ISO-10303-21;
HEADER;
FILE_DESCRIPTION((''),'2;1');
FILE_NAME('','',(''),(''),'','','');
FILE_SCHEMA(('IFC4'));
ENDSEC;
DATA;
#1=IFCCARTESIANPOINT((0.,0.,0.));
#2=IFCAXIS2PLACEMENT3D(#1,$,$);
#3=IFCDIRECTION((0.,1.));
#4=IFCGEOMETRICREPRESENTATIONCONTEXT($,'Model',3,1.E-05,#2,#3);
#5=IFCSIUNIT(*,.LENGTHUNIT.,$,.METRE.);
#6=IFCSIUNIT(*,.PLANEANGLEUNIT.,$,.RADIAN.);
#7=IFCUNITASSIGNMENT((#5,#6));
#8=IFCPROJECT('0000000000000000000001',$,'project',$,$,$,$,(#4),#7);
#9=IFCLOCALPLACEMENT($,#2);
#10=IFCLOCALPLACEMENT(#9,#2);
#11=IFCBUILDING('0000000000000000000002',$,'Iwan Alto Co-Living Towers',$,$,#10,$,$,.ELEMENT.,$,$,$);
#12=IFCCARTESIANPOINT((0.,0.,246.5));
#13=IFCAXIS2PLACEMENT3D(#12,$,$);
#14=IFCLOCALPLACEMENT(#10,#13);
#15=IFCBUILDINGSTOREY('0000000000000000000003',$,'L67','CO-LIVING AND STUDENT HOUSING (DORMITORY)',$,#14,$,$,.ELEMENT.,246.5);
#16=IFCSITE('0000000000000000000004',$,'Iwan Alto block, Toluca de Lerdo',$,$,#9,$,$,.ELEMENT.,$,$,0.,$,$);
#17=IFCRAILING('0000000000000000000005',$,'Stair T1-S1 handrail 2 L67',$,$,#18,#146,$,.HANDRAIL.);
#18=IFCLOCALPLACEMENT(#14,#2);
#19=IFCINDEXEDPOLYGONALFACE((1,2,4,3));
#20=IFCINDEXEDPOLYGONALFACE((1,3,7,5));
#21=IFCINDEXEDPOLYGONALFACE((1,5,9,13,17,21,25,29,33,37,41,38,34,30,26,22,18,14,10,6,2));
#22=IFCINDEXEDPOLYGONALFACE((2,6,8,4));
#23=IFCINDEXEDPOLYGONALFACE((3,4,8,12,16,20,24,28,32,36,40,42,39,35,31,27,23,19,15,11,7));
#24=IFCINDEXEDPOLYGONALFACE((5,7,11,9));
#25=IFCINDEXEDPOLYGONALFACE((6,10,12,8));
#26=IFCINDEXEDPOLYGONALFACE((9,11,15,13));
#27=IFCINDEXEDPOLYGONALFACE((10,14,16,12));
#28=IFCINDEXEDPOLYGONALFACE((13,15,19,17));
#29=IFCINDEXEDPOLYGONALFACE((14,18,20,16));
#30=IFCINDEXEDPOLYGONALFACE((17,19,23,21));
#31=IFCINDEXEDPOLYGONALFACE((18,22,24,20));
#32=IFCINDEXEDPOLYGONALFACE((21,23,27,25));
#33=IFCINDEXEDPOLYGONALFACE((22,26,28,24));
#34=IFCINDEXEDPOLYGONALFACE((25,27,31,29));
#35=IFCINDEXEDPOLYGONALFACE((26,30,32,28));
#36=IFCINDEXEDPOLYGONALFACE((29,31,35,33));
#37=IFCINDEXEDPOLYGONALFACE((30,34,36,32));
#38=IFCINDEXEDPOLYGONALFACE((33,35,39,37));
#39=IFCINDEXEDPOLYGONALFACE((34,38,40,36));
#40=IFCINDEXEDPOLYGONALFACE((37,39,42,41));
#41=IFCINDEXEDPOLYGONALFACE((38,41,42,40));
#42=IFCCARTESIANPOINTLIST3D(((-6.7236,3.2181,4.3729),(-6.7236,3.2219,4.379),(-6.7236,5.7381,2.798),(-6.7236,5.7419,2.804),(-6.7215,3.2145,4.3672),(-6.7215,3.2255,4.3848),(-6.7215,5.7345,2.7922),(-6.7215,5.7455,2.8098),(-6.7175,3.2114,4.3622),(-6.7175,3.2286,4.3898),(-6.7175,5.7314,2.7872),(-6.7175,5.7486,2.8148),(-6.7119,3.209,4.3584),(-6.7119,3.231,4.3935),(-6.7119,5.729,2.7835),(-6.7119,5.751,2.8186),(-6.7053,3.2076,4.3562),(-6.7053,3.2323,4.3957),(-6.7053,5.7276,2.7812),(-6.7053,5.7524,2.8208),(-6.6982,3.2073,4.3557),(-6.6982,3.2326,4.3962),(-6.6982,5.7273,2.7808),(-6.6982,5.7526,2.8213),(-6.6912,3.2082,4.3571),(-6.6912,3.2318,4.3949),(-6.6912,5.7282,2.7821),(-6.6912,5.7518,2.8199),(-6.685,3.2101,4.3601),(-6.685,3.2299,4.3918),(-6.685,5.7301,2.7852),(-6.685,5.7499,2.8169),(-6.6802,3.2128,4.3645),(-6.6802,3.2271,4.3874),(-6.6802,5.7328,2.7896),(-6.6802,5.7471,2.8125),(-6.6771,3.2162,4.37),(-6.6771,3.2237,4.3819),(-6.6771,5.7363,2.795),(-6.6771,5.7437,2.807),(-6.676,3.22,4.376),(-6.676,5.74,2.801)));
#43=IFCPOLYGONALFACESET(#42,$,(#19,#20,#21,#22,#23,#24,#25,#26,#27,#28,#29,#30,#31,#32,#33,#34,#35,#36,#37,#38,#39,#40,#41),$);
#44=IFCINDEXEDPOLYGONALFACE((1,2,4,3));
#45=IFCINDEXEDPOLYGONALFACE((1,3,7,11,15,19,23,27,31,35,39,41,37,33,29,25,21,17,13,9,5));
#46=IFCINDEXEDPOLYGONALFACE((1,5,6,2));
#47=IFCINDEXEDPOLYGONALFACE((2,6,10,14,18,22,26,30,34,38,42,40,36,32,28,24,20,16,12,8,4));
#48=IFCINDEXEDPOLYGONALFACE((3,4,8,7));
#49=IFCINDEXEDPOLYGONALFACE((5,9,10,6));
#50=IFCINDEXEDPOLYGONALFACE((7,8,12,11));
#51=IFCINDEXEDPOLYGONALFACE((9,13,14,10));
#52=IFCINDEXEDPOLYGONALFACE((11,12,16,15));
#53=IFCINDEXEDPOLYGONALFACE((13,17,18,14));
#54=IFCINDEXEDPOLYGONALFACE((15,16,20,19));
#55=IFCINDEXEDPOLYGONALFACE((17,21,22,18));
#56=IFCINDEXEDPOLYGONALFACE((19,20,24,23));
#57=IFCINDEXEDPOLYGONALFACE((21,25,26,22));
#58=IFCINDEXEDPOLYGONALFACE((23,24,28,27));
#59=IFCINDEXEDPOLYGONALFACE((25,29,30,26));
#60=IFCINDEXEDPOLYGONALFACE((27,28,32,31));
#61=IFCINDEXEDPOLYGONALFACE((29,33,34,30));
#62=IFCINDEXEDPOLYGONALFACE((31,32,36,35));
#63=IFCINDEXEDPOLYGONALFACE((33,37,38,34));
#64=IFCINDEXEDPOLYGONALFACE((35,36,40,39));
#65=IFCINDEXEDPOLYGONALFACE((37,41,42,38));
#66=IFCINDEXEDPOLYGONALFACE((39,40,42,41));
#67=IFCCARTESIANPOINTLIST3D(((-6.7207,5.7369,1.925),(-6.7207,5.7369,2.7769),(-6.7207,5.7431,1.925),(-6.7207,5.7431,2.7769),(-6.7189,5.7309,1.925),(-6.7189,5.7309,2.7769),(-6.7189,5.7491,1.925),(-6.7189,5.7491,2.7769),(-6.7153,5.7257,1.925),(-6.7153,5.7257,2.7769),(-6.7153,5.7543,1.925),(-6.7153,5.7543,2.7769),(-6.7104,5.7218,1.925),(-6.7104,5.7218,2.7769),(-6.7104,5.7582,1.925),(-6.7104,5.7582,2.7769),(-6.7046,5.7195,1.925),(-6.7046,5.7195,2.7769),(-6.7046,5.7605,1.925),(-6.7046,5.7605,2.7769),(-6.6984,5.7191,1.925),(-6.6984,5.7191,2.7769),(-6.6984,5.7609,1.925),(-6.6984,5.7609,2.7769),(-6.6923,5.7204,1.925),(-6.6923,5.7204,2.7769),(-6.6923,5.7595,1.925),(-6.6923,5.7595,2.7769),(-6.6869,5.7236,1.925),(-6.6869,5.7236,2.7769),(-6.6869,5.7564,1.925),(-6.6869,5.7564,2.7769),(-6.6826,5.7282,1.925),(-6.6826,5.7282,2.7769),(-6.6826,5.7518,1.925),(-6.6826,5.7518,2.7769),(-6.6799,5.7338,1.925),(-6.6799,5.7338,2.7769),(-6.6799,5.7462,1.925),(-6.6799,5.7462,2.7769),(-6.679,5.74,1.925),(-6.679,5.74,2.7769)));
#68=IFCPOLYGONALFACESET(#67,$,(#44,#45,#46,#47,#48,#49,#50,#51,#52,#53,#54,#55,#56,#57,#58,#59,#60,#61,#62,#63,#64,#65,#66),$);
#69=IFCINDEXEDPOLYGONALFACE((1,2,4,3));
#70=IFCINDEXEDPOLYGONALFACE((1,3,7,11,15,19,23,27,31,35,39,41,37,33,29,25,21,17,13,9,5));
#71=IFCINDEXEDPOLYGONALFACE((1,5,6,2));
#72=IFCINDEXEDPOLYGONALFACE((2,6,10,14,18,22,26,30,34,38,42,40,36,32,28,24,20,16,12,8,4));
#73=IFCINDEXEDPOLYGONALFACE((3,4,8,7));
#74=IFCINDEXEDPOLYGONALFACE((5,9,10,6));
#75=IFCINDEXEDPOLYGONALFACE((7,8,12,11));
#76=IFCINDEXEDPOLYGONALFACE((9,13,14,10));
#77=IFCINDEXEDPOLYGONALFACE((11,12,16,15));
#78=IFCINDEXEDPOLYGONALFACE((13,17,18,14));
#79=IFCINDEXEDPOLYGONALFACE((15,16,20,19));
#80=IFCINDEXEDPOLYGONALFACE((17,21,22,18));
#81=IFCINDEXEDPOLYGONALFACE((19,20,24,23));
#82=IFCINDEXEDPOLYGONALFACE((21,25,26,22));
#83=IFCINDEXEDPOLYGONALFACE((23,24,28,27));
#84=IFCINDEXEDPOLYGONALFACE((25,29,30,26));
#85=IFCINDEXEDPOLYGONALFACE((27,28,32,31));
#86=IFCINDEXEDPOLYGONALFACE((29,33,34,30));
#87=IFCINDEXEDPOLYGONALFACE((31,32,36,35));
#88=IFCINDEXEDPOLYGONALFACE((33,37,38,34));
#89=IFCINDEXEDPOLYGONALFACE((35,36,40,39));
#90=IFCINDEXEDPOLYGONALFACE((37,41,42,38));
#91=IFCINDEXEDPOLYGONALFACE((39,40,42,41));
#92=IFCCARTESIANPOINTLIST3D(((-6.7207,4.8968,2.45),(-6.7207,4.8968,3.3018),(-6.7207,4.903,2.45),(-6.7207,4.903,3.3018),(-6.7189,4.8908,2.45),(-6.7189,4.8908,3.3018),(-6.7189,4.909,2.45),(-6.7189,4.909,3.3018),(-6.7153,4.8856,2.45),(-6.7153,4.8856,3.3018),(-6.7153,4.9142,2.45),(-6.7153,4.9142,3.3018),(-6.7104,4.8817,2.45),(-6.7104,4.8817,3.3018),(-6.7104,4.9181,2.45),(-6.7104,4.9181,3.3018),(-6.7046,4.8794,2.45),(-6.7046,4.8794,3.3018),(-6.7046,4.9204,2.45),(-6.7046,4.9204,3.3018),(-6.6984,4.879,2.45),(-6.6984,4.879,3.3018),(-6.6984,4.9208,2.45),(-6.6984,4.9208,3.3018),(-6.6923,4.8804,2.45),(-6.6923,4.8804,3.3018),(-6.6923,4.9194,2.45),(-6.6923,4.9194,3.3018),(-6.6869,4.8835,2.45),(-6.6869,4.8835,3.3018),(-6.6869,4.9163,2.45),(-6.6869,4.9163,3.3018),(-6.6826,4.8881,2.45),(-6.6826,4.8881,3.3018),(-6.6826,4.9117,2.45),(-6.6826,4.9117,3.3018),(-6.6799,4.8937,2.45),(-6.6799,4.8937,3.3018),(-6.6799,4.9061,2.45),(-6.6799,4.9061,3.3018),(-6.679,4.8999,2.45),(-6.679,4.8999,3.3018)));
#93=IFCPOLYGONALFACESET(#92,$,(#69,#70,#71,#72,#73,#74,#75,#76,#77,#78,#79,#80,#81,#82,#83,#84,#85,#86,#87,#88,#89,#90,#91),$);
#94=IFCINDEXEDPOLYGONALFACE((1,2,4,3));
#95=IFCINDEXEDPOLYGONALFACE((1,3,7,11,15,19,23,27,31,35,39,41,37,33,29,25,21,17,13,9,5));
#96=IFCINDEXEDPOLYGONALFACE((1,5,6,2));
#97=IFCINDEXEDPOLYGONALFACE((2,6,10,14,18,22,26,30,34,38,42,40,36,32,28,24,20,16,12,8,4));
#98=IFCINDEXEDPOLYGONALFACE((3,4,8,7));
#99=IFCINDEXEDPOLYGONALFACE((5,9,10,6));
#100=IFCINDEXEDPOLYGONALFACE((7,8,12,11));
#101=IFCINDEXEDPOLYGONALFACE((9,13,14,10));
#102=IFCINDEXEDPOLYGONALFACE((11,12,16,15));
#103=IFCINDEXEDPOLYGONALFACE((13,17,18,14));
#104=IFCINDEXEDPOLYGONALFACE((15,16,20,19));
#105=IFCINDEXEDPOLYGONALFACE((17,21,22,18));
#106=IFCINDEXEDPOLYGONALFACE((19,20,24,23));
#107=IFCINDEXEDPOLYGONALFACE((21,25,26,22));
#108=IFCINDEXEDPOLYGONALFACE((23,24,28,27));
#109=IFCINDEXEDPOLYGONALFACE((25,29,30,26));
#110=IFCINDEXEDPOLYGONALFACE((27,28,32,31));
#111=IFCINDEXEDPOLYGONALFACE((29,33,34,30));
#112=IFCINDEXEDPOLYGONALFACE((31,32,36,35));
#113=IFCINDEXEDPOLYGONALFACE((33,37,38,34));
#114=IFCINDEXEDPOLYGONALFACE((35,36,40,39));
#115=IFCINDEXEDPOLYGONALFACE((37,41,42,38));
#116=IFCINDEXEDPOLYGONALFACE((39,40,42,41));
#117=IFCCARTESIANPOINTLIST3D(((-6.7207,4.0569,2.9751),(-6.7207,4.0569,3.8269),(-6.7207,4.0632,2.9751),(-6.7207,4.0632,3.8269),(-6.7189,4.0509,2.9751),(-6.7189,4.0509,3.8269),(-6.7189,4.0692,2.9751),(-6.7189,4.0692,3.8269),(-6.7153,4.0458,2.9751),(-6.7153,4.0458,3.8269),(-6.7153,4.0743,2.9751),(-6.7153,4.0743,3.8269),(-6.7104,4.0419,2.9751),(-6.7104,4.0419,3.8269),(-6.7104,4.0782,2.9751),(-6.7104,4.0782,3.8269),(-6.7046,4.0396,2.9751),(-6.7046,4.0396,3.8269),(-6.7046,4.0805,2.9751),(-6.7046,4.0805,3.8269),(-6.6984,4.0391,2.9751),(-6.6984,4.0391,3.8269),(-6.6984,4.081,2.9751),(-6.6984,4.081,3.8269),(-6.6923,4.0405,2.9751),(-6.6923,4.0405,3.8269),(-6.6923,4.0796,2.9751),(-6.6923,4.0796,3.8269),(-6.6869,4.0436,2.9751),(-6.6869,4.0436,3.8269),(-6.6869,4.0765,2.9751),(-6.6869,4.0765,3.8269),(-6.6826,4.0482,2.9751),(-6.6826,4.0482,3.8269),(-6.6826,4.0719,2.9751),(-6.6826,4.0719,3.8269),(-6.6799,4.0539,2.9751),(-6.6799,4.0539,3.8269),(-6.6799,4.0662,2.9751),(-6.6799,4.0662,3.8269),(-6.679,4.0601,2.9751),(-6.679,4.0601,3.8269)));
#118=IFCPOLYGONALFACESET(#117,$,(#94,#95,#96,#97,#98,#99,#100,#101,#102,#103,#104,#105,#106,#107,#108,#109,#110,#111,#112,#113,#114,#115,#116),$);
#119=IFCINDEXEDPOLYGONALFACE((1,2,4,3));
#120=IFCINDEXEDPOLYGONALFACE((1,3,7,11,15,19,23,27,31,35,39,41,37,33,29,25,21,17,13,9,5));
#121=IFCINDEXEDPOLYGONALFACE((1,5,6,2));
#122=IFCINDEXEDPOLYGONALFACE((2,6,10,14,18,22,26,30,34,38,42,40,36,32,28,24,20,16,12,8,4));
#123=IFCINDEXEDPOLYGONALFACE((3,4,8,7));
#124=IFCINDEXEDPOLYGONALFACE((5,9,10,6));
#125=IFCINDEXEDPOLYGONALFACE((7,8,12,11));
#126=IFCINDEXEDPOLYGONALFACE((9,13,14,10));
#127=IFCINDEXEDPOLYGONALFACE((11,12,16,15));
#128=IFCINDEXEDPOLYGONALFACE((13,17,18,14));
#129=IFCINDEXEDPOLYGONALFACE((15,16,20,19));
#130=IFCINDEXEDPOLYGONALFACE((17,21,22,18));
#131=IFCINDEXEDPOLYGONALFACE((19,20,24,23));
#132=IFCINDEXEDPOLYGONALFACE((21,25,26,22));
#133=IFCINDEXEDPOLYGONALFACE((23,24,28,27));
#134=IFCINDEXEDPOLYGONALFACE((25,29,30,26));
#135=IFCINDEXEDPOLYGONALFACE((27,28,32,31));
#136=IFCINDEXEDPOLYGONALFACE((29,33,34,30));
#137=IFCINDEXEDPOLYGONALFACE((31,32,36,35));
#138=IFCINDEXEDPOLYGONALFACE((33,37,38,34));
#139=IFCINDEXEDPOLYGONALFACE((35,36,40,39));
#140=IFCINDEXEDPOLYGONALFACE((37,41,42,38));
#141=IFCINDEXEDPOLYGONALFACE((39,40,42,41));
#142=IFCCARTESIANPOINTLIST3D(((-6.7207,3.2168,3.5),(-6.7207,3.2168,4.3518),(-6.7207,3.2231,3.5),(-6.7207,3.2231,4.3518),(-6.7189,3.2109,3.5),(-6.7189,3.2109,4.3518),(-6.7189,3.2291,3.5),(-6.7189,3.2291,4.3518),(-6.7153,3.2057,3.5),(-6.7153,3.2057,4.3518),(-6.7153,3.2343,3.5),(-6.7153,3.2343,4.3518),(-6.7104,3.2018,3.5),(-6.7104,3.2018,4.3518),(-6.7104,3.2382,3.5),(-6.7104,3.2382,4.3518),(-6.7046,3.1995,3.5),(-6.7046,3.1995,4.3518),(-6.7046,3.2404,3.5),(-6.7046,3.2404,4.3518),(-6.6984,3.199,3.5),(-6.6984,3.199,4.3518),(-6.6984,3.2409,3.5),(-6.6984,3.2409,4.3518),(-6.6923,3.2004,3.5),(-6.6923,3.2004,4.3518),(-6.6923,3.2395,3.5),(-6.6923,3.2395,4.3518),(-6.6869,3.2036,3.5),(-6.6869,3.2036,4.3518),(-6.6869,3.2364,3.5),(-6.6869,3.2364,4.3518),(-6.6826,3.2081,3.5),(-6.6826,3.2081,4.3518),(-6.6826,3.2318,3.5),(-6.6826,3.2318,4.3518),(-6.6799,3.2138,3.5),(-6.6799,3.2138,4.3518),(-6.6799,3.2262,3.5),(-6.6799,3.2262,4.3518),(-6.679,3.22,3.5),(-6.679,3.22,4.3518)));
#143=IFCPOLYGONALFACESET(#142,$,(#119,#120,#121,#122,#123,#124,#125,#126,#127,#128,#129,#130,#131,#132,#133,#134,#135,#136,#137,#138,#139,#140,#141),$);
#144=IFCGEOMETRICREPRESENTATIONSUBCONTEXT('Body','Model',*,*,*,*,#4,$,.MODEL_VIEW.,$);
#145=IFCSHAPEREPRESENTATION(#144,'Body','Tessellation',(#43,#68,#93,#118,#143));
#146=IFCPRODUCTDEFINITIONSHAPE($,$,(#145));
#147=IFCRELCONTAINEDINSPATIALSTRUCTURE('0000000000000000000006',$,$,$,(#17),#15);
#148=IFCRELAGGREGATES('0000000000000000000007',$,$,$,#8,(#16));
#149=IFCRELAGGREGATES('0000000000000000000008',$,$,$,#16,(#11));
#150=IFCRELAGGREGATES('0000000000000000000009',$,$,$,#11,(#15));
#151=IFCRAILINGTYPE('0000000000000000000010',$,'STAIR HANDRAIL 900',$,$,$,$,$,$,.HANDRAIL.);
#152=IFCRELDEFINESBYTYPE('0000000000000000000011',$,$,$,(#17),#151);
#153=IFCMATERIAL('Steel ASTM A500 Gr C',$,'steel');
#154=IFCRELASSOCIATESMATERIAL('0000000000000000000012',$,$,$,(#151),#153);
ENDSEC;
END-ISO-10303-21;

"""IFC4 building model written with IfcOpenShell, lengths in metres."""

from ifc_helpers import new_model, si_unit, direction, frame, origin, origin_2d, place, context, subcontext, project, spatial, circle, extrude, material, type_object, element, save


model = new_model("IFC4")

# Units and contexts
model_context = context("Model", 3, precision=1e-05, world=origin(), true_north=direction((0.0, 1.0)))
body_context = subcontext(model_context, "Body", "Model", "MODEL_VIEW")
ifc_project = project(units=[si_unit("LENGTHUNIT", "METRE"), si_unit("PLANEANGLEUNIT", "RADIAN")], contexts=[model_context])

# Site, building, storey
site_placement = place(None, origin())
site = spatial("IfcSite", under=ifc_project, at=site_placement, Name="Iwan Alto block, Toluca de Lerdo", CompositionType="ELEMENT", RefElevation=0.0)
building_placement = place(site_placement, origin())
building = spatial("IfcBuilding", under=site, at=building_placement, Name="Iwan Alto Co-Living Towers", CompositionType="ELEMENT")
storey_placement = place(building_placement, frame((0.0, 0.0, 246.5)))
storey = spatial("IfcBuildingStorey", under=building, at=storey_placement, Name="L67", Description="CO-LIVING AND STUDENT HOUSING (DORMITORY)", CompositionType="ELEMENT", Elevation=246.5)

# Railing
ifc_material_1 = material(Name="Steel ASTM A500 Gr C", Category="steel")
railing_type_1 = type_object("IfcRailingType", Name="STAIR HANDRAIL 900", PredefinedType="HANDRAIL", material=ifc_material_1)
railing_1_placement = place(storey_placement, frame((-6.7, 5.74, 1.925)))
element("IfcRailing", 1, at=railing_1_placement, inside=storey, type_object=railing_type_1, Name="Stair T1-S1 handrail 2 L67", PredefinedType="HANDRAIL", context=body_context, shape_type="SweptSolid", body=[
    extrude(circle(Radius=0.0239, at=origin_2d()), frame((0.0, 0.0, 0.876), z_axis=(0.0, -0.848008, 0.529984), x_axis=(1.0, 0.0, 0.0)), (0.0, 0.0, 1.0), 2.9717),
    extrude(circle(Radius=0.021, at=origin_2d()), origin(), (0.0, 0.0, 1.0), 0.8518),
    extrude(circle(Radius=0.021, at=origin_2d()), frame((0.0, -0.8401, 0.5249)), (0.0, 0.0, 1.0), 0.8518),
    extrude(circle(Radius=0.021, at=origin_2d()), frame((0.0, -1.6799, 1.05)), (0.0, 0.0, 1.0), 0.8518),
    extrude(circle(Radius=0.021, at=origin_2d()), frame((0.0, -2.52, 1.575)), (0.0, 0.0, 1.0), 0.8518),
])

save(model, "model.ifc")
